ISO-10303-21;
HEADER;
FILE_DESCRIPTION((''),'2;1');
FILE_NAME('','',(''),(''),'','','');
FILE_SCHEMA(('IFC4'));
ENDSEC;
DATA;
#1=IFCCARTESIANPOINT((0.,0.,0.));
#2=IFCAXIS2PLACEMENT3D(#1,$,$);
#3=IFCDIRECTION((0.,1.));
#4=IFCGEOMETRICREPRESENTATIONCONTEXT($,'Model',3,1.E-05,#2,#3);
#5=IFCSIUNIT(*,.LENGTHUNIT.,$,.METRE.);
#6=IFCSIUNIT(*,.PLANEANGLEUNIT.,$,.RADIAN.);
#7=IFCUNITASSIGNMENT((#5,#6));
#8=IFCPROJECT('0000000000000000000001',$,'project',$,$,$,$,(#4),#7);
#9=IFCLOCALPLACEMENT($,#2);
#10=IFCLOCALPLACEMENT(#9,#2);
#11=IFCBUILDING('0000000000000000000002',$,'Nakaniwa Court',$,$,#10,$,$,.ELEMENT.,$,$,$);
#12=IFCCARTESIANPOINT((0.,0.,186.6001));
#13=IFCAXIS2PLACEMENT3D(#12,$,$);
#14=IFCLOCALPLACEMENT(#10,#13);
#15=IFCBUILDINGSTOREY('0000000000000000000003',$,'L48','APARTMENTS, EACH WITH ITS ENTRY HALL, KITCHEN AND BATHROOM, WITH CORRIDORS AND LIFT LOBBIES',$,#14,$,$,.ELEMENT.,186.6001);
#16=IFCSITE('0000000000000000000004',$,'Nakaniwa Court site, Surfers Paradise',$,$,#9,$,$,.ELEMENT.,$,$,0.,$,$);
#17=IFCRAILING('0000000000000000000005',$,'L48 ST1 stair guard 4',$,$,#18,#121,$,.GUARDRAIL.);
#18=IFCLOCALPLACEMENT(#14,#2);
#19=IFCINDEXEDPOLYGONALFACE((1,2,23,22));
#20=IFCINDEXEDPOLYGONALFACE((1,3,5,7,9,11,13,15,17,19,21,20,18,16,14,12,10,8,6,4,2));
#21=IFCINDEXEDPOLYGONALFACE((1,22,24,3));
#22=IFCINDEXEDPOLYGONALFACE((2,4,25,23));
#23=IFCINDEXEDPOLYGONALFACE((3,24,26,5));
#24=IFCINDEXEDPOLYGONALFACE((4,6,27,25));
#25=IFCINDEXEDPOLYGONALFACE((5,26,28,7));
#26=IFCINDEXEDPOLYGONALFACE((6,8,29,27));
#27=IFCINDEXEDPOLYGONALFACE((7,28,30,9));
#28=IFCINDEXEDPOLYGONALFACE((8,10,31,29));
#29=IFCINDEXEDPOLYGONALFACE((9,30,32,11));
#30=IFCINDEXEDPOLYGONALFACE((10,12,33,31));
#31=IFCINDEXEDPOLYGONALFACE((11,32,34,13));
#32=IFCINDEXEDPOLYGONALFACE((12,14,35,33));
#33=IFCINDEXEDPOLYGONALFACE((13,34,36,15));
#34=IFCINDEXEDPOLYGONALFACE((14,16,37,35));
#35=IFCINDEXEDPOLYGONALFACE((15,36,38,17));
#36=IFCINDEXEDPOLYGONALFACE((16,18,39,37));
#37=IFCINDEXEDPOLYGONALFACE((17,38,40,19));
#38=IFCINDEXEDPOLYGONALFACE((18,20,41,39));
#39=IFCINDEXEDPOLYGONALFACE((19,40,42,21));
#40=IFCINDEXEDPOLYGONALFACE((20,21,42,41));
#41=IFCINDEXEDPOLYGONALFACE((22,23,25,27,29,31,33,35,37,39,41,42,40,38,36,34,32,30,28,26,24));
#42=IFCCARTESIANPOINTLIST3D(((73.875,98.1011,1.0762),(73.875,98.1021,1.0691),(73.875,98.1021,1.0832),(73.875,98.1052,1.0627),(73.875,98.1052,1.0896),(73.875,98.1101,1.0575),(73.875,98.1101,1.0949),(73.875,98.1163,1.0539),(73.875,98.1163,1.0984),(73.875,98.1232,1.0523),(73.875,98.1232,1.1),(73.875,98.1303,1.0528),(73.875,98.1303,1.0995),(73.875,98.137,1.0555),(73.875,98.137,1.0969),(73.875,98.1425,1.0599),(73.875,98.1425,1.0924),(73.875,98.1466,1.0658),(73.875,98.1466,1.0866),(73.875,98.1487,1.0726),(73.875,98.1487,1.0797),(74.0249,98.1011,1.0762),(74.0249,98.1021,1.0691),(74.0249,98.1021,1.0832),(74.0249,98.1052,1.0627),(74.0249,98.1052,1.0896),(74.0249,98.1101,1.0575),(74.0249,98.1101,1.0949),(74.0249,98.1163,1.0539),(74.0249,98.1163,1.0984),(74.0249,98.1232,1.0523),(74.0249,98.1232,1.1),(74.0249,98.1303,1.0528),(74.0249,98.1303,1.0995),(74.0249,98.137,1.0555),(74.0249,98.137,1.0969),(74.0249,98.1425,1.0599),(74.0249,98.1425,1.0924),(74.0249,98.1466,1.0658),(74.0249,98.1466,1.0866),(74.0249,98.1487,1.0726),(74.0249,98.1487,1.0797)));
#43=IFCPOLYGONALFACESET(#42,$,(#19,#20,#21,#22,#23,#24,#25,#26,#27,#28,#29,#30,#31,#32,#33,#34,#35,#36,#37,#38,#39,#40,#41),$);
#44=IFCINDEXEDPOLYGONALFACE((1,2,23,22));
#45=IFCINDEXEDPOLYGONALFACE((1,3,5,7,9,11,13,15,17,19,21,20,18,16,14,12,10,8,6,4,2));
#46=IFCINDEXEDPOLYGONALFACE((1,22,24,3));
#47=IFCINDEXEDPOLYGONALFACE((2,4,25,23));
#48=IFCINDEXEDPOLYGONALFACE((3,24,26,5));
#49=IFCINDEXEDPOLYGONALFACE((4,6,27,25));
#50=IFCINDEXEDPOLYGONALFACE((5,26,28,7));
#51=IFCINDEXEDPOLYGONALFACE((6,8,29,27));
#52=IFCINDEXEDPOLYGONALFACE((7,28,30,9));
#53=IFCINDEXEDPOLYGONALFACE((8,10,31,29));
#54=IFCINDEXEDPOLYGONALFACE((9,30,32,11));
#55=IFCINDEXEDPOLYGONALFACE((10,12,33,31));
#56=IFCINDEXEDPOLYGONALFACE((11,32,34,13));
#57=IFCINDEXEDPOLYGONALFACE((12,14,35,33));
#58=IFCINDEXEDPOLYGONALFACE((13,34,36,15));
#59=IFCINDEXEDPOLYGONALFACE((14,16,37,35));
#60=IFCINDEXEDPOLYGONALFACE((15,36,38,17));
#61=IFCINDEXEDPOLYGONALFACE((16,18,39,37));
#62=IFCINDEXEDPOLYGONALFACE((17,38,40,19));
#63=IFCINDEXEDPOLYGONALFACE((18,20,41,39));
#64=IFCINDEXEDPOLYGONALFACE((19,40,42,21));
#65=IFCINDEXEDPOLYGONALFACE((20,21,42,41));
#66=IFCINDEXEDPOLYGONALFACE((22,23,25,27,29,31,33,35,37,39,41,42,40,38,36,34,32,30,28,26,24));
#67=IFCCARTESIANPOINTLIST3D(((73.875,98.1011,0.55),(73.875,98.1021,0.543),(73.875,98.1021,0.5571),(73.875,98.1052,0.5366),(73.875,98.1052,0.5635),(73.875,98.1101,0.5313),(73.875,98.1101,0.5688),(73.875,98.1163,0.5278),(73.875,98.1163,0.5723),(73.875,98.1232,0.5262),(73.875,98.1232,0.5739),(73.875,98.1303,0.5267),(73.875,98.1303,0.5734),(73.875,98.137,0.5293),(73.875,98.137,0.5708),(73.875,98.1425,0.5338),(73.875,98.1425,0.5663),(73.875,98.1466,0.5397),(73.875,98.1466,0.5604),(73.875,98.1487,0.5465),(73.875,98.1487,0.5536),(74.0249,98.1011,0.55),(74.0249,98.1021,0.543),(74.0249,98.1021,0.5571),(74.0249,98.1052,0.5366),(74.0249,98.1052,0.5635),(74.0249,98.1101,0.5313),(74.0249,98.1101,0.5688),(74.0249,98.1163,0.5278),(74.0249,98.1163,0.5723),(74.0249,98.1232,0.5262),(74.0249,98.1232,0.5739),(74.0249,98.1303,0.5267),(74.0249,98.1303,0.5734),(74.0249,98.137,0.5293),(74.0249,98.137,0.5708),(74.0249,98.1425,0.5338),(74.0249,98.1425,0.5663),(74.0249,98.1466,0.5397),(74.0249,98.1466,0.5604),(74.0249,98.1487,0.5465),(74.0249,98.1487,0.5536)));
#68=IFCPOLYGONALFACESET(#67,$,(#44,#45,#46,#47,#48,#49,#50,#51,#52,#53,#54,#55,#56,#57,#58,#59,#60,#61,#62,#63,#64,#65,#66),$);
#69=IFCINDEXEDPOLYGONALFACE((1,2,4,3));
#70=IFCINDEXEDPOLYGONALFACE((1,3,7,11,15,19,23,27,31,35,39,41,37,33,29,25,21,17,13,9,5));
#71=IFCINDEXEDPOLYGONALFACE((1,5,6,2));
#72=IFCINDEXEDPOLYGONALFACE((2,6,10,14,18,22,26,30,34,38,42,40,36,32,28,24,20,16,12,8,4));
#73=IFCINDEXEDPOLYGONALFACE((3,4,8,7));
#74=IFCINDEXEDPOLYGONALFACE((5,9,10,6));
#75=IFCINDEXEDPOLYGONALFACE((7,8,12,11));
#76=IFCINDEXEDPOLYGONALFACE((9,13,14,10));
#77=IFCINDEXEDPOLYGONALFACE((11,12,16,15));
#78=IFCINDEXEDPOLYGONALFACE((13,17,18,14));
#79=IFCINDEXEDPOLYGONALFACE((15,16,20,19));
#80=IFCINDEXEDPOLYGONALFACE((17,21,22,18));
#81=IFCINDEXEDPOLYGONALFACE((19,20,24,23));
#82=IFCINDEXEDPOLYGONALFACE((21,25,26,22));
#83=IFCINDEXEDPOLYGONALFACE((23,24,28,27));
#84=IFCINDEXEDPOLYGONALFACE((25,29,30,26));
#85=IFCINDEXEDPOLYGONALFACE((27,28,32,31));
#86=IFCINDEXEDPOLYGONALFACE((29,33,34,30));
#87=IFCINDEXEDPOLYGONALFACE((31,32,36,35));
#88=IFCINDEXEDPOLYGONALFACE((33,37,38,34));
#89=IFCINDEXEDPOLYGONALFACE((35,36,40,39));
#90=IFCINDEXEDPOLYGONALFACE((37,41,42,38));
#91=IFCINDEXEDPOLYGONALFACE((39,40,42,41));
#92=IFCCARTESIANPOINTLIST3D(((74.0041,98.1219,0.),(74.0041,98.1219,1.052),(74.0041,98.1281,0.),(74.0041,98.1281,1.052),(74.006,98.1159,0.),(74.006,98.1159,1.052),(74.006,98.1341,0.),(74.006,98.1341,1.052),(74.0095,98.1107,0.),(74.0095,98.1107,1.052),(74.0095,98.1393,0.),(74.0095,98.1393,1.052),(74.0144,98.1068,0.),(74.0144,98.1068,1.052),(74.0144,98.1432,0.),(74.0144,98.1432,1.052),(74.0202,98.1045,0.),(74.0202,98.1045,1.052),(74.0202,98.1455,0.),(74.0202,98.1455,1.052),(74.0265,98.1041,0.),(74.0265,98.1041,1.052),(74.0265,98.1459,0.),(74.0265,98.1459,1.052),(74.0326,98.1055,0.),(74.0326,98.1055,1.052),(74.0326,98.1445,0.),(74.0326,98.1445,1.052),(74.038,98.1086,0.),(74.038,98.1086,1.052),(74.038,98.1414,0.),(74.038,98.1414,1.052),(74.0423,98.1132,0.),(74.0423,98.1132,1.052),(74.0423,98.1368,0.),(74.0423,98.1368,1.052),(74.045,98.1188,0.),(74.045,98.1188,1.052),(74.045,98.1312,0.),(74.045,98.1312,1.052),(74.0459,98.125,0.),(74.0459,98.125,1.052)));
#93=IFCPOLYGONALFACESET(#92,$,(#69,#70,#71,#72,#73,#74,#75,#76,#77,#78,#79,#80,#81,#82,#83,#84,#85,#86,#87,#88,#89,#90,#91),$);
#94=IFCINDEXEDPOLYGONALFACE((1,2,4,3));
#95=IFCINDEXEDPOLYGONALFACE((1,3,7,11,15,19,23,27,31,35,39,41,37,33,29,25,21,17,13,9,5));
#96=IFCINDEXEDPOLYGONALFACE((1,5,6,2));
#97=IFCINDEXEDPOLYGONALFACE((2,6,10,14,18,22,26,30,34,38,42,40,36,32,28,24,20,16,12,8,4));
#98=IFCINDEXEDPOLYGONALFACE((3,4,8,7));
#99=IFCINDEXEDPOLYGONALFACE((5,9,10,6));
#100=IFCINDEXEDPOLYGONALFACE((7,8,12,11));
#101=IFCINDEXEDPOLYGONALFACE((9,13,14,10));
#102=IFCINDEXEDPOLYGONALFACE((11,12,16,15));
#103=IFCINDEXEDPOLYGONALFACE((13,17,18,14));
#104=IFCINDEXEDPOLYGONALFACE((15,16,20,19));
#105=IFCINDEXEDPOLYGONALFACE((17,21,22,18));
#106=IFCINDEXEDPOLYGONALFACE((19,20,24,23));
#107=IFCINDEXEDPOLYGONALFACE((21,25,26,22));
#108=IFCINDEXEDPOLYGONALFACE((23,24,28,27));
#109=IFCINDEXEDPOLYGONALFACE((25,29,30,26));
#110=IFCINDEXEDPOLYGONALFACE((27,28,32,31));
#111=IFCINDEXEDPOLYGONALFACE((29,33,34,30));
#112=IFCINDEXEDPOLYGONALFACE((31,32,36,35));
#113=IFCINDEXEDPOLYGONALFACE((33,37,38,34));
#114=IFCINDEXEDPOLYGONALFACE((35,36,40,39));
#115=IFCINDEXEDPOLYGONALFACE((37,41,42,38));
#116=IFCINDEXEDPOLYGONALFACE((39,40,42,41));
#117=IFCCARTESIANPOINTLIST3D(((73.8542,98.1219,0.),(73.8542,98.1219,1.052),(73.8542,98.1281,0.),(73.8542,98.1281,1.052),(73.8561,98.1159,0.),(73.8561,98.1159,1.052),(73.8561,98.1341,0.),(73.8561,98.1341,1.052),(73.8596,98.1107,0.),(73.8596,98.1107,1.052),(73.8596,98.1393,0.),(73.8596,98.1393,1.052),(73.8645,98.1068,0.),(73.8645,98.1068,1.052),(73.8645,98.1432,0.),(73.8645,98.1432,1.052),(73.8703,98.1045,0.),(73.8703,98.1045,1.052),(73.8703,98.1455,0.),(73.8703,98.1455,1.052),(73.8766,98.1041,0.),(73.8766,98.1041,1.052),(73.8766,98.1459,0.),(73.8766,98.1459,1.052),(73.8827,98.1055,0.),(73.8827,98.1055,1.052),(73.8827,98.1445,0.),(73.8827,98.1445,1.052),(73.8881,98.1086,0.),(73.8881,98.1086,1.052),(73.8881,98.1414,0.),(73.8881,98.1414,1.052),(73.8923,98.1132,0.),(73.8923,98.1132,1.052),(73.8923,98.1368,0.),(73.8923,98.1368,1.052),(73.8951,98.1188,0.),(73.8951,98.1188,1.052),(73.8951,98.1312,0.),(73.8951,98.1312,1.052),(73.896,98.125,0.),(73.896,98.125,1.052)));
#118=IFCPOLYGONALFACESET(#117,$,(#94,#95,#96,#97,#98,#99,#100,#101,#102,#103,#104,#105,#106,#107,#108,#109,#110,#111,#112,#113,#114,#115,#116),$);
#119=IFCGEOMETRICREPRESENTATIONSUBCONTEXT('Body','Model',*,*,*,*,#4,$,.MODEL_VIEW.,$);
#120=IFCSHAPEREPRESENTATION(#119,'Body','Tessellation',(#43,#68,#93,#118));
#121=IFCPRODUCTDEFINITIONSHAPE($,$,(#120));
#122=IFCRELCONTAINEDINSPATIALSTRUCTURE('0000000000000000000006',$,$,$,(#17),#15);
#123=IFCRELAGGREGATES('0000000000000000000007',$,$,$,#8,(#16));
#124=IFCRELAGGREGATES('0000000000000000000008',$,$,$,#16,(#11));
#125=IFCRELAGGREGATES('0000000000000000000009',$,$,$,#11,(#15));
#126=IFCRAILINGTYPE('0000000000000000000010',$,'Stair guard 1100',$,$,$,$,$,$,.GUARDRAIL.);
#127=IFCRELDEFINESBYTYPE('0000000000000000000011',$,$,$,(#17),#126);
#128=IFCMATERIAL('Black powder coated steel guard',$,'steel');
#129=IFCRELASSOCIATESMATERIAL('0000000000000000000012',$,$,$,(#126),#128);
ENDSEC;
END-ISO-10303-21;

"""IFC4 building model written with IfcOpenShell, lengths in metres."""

from ifc_helpers import new_model, si_unit, direction, frame, origin, origin_2d, place, context, subcontext, project, spatial, circle, extrude, material, type_object, element, save


model = new_model("IFC4")

# Units and contexts
model_context = context("Model", 3, precision=1e-05, world=origin(), true_north=direction((0.0, 1.0)))
body_context = subcontext(model_context, "Body", "Model", "MODEL_VIEW")
ifc_project = project(units=[si_unit("LENGTHUNIT", "METRE"), si_unit("PLANEANGLEUNIT", "RADIAN")], contexts=[model_context])

# Site, building, storey
site_placement = place(None, origin())
site = spatial("IfcSite", under=ifc_project, at=site_placement, Name="Nakaniwa Court site, Surfers Paradise", CompositionType="ELEMENT", RefElevation=0.0)
building_placement = place(site_placement, origin())
building = spatial("IfcBuilding", under=site, at=building_placement, Name="Nakaniwa Court", CompositionType="ELEMENT")
storey_placement = place(building_placement, frame((0.0, 0.0, 186.6001)))
storey = spatial("IfcBuildingStorey", under=building, at=storey_placement, Name="L48", Description="APARTMENTS, EACH WITH ITS ENTRY HALL, KITCHEN AND BATHROOM, WITH CORRIDORS AND LIFT LOBBIES", CompositionType="ELEMENT", Elevation=186.6001)

# Railing
ifc_material_1 = material(Name="Black powder coated steel guard", Category="steel")
railing_type_1 = type_object("IfcRailingType", Name="Stair guard 1100", PredefinedType="GUARDRAIL", material=ifc_material_1)
railing_1_placement = place(storey_placement, frame((74.0249, 98.125, 0.0)))
element("IfcRailing", 1, at=railing_1_placement, inside=storey, type_object=railing_type_1, Name="L48 ST1 stair guard 4", PredefinedType="GUARDRAIL", context=body_context, shape_type="SweptSolid", body=[
    extrude(circle(Radius=0.0239, at=origin_2d()), frame((0.0, 0.0, 1.0762), z_axis=(-1.0, 0.0, 0.0), x_axis=(0.0, -1.0, 0.0)), (0.0, 0.0, 1.0), 0.1499),
    extrude(circle(Radius=0.0239, at=origin_2d()), frame((0.0, 0.0, 0.55), z_axis=(-1.0, 0.0, 0.0), x_axis=(0.0, -1.0, 0.0)), (0.0, 0.0, 1.0), 0.1499),
    extrude(circle(Radius=0.021, at=origin_2d()), origin(), (0.0, 0.0, 1.0), 1.052),
    extrude(circle(Radius=0.021, at=origin_2d()), frame((-0.1499, 0.0, 0.0)), (0.0, 0.0, 1.0), 1.052),
])

save(model, "model.ifc")
